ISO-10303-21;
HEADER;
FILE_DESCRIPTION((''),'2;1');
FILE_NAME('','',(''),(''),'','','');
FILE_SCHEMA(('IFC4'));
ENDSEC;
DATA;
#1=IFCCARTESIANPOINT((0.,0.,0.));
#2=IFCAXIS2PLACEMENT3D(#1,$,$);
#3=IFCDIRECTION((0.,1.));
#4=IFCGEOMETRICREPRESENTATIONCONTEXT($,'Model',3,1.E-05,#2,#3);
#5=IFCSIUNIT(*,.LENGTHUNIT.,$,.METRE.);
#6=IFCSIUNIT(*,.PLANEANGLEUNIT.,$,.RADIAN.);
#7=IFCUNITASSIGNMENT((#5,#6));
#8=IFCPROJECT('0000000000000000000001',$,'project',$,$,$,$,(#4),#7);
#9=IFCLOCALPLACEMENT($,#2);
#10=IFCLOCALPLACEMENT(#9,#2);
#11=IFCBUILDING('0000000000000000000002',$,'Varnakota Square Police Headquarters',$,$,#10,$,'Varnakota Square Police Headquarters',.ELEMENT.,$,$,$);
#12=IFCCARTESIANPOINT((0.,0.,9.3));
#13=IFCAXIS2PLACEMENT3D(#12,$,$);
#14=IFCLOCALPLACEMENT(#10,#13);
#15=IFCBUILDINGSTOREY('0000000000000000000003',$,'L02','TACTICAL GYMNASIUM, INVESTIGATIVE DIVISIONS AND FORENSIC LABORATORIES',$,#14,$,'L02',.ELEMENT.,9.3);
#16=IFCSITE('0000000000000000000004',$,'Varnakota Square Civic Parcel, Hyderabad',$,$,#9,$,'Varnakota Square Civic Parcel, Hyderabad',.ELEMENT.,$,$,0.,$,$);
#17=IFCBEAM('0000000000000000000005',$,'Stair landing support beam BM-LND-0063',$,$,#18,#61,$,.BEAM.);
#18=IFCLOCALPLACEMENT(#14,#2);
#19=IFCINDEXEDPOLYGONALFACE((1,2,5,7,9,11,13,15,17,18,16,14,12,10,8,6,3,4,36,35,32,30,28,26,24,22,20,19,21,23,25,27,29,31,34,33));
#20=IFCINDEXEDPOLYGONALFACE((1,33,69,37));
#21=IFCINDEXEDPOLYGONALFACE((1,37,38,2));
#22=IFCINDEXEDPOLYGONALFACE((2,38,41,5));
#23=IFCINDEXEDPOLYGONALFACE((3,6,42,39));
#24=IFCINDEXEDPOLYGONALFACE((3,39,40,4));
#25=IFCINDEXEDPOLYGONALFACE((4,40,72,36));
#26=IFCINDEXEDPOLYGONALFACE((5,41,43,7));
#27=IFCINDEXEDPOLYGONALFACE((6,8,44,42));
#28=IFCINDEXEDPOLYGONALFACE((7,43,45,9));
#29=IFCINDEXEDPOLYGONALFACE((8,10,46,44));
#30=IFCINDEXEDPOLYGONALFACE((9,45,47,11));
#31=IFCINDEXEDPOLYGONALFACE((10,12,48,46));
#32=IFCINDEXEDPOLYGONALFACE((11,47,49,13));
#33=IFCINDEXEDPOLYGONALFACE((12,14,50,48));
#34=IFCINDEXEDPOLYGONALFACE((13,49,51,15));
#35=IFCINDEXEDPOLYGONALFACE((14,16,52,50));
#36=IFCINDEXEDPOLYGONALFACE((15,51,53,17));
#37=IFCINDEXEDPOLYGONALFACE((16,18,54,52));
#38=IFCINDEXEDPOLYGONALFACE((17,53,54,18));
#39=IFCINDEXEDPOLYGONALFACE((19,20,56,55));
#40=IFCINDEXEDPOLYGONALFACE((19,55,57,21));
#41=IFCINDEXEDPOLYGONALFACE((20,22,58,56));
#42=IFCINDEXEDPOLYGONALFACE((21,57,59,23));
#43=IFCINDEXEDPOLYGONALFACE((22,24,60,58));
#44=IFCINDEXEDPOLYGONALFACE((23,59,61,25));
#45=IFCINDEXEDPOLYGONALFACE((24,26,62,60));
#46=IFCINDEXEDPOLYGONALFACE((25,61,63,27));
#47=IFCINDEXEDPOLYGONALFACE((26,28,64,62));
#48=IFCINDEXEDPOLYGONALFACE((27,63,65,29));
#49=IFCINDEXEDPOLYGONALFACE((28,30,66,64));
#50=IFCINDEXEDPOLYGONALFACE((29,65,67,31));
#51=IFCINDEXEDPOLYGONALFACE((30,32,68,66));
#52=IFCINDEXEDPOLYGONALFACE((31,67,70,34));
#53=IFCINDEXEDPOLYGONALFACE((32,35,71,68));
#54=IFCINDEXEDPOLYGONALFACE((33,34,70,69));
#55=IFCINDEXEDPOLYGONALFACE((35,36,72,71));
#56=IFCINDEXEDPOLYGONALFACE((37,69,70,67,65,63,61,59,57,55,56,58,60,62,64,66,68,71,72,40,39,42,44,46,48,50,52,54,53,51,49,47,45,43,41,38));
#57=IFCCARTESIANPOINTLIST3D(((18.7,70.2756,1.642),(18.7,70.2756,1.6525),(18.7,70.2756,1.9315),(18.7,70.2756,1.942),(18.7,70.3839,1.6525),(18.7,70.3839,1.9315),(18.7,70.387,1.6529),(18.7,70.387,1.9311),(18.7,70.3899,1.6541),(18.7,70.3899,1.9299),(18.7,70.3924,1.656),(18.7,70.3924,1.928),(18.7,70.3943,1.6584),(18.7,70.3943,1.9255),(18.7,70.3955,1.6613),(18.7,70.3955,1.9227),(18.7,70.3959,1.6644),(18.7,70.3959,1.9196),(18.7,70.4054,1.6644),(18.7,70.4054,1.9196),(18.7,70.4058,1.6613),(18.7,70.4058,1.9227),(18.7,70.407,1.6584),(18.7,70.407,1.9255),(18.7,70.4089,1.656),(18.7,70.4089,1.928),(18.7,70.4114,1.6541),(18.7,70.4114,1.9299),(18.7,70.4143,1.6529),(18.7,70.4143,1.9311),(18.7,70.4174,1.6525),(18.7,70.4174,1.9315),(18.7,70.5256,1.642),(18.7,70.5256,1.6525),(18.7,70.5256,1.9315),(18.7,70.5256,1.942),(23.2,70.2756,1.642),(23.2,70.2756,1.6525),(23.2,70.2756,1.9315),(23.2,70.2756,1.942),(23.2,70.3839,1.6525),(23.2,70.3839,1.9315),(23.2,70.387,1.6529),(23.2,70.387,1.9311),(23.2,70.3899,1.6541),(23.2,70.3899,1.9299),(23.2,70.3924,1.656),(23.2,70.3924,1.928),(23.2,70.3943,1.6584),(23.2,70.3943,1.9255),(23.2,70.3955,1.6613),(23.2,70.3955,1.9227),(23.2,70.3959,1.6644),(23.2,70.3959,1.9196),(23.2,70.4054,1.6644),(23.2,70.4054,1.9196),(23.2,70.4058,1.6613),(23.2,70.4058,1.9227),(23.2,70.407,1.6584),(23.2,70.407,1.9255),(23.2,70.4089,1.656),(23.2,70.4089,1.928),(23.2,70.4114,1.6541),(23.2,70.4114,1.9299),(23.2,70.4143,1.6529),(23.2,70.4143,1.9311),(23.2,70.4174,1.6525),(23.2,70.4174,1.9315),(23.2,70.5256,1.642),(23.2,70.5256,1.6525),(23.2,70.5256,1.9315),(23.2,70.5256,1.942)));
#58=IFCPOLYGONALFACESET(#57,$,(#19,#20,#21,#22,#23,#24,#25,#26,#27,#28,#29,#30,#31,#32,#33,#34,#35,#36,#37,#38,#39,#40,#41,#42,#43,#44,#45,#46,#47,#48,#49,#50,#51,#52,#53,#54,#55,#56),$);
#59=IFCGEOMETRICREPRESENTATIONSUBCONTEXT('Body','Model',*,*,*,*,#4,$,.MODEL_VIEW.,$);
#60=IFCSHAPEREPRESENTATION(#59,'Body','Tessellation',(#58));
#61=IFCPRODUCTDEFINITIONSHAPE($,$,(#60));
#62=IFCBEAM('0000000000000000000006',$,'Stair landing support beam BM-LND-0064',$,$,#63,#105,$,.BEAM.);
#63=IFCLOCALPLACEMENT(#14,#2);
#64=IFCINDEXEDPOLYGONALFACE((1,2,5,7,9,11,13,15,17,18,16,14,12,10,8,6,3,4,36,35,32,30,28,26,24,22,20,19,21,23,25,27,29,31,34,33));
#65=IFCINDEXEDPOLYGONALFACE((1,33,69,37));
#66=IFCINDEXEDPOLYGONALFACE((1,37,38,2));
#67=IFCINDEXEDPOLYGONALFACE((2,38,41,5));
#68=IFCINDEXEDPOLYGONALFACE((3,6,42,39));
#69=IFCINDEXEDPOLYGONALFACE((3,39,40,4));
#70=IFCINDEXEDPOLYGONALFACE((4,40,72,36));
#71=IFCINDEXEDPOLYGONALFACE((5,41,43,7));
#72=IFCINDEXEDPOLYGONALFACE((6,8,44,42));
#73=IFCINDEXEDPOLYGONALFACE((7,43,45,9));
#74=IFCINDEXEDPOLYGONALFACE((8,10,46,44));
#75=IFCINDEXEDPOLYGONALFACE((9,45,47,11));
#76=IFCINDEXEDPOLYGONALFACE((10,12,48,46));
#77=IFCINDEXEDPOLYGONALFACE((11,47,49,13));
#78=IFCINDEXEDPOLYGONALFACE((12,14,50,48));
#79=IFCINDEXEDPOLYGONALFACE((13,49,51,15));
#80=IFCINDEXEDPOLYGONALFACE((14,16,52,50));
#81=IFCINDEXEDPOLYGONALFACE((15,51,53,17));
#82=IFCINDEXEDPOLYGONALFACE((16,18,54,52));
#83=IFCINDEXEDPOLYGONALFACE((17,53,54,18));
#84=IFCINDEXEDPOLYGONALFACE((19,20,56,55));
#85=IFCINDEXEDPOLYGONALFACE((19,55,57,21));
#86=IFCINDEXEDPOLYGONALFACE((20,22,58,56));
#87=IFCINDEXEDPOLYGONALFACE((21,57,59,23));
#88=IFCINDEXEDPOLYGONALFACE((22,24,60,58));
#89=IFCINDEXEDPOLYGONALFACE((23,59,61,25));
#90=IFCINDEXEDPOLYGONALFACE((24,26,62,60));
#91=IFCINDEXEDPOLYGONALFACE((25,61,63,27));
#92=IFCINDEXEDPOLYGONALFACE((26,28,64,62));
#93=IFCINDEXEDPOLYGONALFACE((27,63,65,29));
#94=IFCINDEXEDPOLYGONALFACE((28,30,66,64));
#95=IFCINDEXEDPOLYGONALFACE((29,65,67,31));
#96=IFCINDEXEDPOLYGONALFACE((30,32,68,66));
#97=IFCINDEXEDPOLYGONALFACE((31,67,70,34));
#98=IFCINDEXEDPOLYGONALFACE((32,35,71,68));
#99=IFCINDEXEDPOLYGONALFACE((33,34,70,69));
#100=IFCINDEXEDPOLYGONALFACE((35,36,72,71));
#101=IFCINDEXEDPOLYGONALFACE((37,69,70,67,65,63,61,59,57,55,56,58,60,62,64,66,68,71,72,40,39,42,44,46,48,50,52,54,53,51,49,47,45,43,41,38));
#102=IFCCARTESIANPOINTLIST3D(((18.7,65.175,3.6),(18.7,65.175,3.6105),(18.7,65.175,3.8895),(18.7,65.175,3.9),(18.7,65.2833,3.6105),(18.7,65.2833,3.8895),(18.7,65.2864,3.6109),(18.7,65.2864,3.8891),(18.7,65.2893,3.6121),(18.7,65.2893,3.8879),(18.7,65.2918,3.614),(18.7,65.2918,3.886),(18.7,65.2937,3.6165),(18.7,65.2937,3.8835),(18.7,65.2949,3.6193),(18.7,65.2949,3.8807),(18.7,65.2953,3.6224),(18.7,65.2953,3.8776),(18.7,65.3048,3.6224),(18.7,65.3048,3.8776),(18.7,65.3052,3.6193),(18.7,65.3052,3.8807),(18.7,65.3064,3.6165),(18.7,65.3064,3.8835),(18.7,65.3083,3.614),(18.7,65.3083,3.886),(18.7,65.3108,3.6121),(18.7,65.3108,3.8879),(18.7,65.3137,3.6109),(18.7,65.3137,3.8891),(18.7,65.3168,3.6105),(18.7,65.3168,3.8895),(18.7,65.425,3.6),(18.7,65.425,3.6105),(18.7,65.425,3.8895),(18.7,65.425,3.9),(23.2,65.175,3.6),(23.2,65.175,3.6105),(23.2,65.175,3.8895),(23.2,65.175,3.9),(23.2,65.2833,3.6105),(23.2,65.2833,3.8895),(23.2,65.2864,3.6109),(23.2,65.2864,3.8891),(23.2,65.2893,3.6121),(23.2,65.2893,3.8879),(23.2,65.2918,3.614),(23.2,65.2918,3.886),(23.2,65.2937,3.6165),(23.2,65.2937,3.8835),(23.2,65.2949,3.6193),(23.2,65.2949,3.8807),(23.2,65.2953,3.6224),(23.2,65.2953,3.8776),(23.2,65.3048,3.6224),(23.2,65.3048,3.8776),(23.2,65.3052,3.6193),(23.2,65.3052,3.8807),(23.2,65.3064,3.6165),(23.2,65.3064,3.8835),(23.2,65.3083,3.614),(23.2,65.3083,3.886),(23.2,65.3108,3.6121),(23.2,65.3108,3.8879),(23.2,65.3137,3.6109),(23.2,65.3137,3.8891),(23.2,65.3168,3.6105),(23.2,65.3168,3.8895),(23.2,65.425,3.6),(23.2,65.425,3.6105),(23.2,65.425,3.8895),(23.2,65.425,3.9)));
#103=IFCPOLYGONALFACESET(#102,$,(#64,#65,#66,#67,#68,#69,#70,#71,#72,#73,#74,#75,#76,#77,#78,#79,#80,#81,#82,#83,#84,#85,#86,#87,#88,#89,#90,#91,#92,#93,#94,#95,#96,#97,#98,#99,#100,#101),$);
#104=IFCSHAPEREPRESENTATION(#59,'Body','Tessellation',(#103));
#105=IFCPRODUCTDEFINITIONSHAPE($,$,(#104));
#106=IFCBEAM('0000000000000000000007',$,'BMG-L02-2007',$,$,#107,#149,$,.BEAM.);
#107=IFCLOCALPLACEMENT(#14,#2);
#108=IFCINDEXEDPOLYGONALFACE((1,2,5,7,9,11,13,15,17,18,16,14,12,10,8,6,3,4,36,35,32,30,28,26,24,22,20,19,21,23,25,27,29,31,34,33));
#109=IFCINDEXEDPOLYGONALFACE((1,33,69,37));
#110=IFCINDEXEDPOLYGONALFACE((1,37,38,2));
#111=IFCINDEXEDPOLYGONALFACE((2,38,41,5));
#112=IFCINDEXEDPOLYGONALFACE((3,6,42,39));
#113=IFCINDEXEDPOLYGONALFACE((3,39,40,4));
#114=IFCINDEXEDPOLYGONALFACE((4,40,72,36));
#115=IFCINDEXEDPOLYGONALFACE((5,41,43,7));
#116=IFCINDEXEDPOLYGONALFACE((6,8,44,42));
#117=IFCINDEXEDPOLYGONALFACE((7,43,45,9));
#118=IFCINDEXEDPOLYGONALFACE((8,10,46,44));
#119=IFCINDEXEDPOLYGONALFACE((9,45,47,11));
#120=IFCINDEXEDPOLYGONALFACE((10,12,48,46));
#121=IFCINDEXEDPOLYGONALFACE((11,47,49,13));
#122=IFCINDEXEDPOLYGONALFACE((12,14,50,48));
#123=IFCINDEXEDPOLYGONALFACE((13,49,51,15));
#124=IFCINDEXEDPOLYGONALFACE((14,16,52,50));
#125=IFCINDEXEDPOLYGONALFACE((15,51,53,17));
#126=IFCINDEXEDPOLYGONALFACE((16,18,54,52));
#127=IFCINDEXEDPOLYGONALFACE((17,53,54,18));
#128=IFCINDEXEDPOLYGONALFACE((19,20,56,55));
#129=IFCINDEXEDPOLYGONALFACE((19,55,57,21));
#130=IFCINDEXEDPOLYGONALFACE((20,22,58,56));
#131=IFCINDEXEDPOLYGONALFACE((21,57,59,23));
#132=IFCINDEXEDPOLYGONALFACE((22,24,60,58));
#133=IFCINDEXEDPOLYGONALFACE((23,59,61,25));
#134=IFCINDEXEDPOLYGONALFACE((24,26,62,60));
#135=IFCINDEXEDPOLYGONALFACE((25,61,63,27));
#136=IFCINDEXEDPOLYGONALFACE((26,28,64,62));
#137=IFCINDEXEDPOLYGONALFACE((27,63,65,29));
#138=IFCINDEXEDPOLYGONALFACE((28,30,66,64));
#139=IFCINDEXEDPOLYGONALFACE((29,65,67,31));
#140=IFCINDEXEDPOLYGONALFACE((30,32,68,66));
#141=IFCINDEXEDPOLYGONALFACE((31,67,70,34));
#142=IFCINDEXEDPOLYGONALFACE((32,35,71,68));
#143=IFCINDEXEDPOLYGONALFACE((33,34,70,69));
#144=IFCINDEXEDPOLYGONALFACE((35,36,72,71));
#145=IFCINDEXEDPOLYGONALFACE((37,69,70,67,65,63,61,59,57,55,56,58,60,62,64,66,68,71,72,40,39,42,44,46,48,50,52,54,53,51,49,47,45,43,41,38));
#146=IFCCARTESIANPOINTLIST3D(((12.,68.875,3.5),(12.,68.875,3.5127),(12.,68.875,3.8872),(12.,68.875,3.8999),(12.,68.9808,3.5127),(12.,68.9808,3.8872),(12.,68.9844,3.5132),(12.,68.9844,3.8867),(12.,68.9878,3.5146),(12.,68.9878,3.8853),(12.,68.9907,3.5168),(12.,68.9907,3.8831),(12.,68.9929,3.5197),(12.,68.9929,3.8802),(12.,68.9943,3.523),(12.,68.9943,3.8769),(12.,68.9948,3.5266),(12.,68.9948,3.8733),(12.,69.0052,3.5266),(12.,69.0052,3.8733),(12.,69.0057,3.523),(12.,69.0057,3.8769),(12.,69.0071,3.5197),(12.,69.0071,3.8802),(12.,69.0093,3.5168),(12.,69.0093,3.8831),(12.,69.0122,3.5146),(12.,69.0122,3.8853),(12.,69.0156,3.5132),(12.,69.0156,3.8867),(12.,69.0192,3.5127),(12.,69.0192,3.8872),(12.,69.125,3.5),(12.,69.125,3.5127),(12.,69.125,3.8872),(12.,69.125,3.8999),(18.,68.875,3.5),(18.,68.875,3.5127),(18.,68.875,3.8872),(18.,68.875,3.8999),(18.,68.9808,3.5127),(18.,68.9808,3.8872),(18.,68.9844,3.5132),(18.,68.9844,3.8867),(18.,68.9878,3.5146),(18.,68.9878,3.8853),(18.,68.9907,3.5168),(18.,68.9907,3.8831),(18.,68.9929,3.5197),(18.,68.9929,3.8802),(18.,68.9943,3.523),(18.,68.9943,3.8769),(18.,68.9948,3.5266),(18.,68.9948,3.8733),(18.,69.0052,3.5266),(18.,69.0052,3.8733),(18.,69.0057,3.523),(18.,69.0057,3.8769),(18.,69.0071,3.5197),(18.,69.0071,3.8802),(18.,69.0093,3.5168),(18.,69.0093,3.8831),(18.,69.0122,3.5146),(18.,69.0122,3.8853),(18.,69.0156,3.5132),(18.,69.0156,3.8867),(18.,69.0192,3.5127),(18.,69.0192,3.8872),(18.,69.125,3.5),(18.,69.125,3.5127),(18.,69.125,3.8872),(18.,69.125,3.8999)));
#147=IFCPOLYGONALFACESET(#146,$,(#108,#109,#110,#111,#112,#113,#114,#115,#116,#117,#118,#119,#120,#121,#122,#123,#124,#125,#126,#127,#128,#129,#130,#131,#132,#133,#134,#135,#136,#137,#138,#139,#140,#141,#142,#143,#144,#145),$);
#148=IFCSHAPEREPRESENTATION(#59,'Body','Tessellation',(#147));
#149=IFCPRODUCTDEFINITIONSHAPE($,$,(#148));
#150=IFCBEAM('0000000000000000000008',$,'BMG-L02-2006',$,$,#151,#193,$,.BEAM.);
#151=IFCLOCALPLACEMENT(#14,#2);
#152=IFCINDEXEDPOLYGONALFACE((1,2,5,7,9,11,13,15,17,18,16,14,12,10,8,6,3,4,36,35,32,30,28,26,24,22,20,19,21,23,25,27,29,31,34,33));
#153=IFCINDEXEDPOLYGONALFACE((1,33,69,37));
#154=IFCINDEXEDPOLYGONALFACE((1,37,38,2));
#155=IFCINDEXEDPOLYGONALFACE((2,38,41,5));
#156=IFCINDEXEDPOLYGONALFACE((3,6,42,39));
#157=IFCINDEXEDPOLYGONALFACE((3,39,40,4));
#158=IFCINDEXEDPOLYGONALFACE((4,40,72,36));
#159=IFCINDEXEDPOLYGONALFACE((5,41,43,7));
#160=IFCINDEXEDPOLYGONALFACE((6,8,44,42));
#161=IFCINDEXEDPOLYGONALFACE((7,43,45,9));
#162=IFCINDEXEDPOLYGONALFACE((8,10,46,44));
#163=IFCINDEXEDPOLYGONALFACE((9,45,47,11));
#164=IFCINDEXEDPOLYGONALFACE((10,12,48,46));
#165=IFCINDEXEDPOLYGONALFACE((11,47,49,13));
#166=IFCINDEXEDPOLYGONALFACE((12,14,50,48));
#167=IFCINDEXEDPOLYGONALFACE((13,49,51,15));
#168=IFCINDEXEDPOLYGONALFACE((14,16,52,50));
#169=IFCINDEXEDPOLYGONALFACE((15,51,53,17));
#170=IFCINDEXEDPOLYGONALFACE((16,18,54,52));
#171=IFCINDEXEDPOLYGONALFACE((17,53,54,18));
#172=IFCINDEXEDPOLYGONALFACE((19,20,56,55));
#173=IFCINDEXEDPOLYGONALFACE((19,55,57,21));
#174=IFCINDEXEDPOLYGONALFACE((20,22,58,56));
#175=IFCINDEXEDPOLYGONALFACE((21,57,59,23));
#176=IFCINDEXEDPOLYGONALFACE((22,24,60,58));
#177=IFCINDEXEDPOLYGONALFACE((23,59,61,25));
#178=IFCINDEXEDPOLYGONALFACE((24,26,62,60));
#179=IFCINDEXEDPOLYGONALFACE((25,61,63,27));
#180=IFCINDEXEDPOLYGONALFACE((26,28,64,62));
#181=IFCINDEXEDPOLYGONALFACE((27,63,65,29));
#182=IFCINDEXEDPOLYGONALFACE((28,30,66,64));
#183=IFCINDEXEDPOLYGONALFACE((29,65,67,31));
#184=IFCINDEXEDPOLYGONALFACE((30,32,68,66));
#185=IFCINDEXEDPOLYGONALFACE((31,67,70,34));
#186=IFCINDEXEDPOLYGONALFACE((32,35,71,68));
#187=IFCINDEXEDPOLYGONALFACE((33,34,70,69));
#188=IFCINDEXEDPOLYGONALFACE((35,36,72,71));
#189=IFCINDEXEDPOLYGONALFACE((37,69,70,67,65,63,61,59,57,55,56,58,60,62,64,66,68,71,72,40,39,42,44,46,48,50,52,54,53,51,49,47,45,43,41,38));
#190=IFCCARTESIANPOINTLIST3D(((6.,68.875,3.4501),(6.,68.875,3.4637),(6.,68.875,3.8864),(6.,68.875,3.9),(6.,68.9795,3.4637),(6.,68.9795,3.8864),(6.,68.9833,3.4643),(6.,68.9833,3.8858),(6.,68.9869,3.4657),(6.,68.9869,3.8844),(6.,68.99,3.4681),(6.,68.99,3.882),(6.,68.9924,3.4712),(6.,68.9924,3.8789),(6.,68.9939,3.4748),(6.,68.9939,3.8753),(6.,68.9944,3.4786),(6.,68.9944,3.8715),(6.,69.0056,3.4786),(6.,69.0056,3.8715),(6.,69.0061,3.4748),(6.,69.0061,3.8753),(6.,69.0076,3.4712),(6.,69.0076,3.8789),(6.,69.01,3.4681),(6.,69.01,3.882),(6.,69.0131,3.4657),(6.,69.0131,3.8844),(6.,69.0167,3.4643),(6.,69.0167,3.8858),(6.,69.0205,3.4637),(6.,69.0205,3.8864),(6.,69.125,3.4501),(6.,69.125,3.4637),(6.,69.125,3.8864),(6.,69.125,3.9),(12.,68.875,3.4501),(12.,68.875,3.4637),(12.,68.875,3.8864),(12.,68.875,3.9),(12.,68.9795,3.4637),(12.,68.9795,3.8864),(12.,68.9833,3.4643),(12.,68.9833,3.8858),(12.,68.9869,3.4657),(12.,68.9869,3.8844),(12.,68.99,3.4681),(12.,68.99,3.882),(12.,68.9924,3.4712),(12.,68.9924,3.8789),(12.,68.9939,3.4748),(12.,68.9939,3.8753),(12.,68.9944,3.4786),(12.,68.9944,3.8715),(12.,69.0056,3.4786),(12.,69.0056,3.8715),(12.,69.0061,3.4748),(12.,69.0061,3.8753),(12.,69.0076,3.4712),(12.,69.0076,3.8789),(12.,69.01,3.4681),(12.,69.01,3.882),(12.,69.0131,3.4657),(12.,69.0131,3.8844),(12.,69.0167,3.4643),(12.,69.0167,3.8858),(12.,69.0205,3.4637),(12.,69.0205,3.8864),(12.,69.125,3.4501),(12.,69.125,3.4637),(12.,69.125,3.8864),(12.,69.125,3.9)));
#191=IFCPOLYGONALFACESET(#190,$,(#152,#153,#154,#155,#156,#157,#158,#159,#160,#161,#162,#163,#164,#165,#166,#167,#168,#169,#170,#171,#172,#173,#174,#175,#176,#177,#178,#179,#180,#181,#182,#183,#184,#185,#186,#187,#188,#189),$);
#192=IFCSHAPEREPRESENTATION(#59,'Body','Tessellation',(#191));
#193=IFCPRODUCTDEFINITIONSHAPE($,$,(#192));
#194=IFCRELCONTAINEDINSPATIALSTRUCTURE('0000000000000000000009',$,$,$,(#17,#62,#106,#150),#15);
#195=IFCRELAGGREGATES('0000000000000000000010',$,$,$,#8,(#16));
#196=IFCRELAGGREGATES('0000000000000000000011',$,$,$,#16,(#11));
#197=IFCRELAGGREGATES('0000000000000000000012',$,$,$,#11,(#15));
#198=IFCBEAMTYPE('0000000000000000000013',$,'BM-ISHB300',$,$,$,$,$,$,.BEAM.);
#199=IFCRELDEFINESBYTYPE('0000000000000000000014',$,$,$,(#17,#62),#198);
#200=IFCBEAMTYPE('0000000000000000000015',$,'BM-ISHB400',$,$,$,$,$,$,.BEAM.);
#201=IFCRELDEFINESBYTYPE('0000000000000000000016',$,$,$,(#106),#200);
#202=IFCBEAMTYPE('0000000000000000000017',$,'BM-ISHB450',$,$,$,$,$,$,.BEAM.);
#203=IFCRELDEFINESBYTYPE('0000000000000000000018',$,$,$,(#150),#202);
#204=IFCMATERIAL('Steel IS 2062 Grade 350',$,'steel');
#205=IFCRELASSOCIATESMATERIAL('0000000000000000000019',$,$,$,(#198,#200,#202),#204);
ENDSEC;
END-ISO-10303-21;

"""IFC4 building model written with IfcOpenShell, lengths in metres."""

from ifc_helpers import new_model, si_unit, direction, frame, origin, origin_2d, place, context, subcontext, project, spatial, i_section, extrude, material, material_profile, profile_set, type_object, element, save


model = new_model("IFC4")

# Units and contexts
model_context = context("Model", 3, precision=1e-05, world=origin(), true_north=direction((0.0, 1.0)))
body_context = subcontext(model_context, "Body", "Model", "MODEL_VIEW")
ifc_project = project(units=[si_unit("LENGTHUNIT", "METRE"), si_unit("PLANEANGLEUNIT", "RADIAN")], contexts=[model_context])

# Site, building, storey
site_placement = place(None, origin())
site = spatial("IfcSite", under=ifc_project, at=site_placement, Name="Varnakota Square Civic Parcel, Hyderabad", LongName="Varnakota Square Civic Parcel, Hyderabad", CompositionType="ELEMENT", RefElevation=0.0)
building_placement = place(site_placement, origin())
building = spatial("IfcBuilding", under=site, at=building_placement, Name="Varnakota Square Police Headquarters", LongName="Varnakota Square Police Headquarters", CompositionType="ELEMENT")
storey_placement = place(building_placement, frame((0.0, 0.0, 9.3)))
storey = spatial("IfcBuildingStorey", under=building, at=storey_placement, Name="L02", Description="TACTICAL GYMNASIUM, INVESTIGATIVE DIVISIONS AND FORENSIC LABORATORIES", LongName="L02", CompositionType="ELEMENT", Elevation=9.3)

# Shared definitions
ifc_material_1 = material(Name="Steel IS 2062 Grade 350", Category="steel")

# Beams
ifc_material_profile_1 = material_profile(ifc_material_1, i_section(OverallWidth=0.25, OverallDepth=0.3, WebThickness=0.0095, FlangeThickness=0.0105, FilletRadius=0.012, at=origin_2d()), Name="ISHB 300")
ifc_profile_set_1 = profile_set([ifc_material_profile_1], Name="Steel IS 2062 Grade 350")
beam_type_1 = type_object("IfcBeamType", Name="BM-ISHB300", PredefinedType="BEAM", material=ifc_profile_set_1)
for number, where, z_axis, x_axis, name in (
    (1, (18.7, 70.4006, 1.792), (1.0, 0.0, 0.0), (0.0, 1.0, 0.0), "Stair landing support beam BM-LND-0063"),
    (2, (18.7, 65.3, 3.75), (1.0, 0.0, 0.0), (0.0, 1.0, 0.0), "Stair landing support beam BM-LND-0064"),
):
    element("IfcBeam", number, at=place(storey_placement, frame(where, z_axis=z_axis, x_axis=x_axis)), inside=storey, type_object=beam_type_1, Name=name, PredefinedType="BEAM", context=body_context, shape_type="SweptSolid", body=[
        extrude(i_section(OverallWidth=0.25, OverallDepth=0.3, WebThickness=0.0095, FlangeThickness=0.0105, FilletRadius=0.012, at=origin_2d()), origin(), (0.0, 0.0, 1.0), 4.5),
    ])
ifc_material_profile_2 = material_profile(ifc_material_1, i_section(OverallWidth=0.25, OverallDepth=0.3999, WebThickness=0.0105, FlangeThickness=0.0127, FilletRadius=0.0139, at=origin_2d()), Name="ISHB 400")
ifc_profile_set_2 = profile_set([ifc_material_profile_2], Name="Steel IS 2062 Grade 350")
beam_type_2 = type_object("IfcBeamType", Name="BM-ISHB400", PredefinedType="BEAM", material=ifc_profile_set_2)
beam_1_placement = place(storey_placement, frame((12.0, 69.0, 3.7), z_axis=(1.0, 0.0, 0.0), x_axis=(0.0, 1.0, 0.0)))
element("IfcBeam", 3, at=beam_1_placement, inside=storey, type_object=beam_type_2, Name="BMG-L02-2007", PredefinedType="BEAM", context=body_context, shape_type="SweptSolid", body=[
    extrude(i_section(OverallWidth=0.25, OverallDepth=0.3999, WebThickness=0.0105, FlangeThickness=0.0127, FilletRadius=0.0139, at=origin_2d()), origin(), (0.0, 0.0, 1.0), 6.0),
])
ifc_material_profile_3 = material_profile(ifc_material_1, i_section(OverallWidth=0.25, OverallDepth=0.45, WebThickness=0.0112, FlangeThickness=0.0137, FilletRadius=0.0149, at=origin_2d()), Name="ISHB 450")
ifc_profile_set_3 = profile_set([ifc_material_profile_3], Name="Steel IS 2062 Grade 350")
beam_type_3 = type_object("IfcBeamType", Name="BM-ISHB450", PredefinedType="BEAM", material=ifc_profile_set_3)
for number, where, z_axis, x_axis, name in (
    (4, (6.0, 69.0, 3.675), (1.0, 0.0, 0.0), (0.0, 1.0, 0.0), "BMG-L02-2006"),
):
    element("IfcBeam", number, at=place(storey_placement, frame(where, z_axis=z_axis, x_axis=x_axis)), inside=storey, type_object=beam_type_3, Name=name, PredefinedType="BEAM", context=body_context, shape_type="SweptSolid", body=[
        extrude(i_section(OverallWidth=0.25, OverallDepth=0.45, WebThickness=0.0112, FlangeThickness=0.0137, FilletRadius=0.0149, at=origin_2d()), origin(), (0.0, 0.0, 1.0), 6.0),
    ])

save(model, "model.ifc")
